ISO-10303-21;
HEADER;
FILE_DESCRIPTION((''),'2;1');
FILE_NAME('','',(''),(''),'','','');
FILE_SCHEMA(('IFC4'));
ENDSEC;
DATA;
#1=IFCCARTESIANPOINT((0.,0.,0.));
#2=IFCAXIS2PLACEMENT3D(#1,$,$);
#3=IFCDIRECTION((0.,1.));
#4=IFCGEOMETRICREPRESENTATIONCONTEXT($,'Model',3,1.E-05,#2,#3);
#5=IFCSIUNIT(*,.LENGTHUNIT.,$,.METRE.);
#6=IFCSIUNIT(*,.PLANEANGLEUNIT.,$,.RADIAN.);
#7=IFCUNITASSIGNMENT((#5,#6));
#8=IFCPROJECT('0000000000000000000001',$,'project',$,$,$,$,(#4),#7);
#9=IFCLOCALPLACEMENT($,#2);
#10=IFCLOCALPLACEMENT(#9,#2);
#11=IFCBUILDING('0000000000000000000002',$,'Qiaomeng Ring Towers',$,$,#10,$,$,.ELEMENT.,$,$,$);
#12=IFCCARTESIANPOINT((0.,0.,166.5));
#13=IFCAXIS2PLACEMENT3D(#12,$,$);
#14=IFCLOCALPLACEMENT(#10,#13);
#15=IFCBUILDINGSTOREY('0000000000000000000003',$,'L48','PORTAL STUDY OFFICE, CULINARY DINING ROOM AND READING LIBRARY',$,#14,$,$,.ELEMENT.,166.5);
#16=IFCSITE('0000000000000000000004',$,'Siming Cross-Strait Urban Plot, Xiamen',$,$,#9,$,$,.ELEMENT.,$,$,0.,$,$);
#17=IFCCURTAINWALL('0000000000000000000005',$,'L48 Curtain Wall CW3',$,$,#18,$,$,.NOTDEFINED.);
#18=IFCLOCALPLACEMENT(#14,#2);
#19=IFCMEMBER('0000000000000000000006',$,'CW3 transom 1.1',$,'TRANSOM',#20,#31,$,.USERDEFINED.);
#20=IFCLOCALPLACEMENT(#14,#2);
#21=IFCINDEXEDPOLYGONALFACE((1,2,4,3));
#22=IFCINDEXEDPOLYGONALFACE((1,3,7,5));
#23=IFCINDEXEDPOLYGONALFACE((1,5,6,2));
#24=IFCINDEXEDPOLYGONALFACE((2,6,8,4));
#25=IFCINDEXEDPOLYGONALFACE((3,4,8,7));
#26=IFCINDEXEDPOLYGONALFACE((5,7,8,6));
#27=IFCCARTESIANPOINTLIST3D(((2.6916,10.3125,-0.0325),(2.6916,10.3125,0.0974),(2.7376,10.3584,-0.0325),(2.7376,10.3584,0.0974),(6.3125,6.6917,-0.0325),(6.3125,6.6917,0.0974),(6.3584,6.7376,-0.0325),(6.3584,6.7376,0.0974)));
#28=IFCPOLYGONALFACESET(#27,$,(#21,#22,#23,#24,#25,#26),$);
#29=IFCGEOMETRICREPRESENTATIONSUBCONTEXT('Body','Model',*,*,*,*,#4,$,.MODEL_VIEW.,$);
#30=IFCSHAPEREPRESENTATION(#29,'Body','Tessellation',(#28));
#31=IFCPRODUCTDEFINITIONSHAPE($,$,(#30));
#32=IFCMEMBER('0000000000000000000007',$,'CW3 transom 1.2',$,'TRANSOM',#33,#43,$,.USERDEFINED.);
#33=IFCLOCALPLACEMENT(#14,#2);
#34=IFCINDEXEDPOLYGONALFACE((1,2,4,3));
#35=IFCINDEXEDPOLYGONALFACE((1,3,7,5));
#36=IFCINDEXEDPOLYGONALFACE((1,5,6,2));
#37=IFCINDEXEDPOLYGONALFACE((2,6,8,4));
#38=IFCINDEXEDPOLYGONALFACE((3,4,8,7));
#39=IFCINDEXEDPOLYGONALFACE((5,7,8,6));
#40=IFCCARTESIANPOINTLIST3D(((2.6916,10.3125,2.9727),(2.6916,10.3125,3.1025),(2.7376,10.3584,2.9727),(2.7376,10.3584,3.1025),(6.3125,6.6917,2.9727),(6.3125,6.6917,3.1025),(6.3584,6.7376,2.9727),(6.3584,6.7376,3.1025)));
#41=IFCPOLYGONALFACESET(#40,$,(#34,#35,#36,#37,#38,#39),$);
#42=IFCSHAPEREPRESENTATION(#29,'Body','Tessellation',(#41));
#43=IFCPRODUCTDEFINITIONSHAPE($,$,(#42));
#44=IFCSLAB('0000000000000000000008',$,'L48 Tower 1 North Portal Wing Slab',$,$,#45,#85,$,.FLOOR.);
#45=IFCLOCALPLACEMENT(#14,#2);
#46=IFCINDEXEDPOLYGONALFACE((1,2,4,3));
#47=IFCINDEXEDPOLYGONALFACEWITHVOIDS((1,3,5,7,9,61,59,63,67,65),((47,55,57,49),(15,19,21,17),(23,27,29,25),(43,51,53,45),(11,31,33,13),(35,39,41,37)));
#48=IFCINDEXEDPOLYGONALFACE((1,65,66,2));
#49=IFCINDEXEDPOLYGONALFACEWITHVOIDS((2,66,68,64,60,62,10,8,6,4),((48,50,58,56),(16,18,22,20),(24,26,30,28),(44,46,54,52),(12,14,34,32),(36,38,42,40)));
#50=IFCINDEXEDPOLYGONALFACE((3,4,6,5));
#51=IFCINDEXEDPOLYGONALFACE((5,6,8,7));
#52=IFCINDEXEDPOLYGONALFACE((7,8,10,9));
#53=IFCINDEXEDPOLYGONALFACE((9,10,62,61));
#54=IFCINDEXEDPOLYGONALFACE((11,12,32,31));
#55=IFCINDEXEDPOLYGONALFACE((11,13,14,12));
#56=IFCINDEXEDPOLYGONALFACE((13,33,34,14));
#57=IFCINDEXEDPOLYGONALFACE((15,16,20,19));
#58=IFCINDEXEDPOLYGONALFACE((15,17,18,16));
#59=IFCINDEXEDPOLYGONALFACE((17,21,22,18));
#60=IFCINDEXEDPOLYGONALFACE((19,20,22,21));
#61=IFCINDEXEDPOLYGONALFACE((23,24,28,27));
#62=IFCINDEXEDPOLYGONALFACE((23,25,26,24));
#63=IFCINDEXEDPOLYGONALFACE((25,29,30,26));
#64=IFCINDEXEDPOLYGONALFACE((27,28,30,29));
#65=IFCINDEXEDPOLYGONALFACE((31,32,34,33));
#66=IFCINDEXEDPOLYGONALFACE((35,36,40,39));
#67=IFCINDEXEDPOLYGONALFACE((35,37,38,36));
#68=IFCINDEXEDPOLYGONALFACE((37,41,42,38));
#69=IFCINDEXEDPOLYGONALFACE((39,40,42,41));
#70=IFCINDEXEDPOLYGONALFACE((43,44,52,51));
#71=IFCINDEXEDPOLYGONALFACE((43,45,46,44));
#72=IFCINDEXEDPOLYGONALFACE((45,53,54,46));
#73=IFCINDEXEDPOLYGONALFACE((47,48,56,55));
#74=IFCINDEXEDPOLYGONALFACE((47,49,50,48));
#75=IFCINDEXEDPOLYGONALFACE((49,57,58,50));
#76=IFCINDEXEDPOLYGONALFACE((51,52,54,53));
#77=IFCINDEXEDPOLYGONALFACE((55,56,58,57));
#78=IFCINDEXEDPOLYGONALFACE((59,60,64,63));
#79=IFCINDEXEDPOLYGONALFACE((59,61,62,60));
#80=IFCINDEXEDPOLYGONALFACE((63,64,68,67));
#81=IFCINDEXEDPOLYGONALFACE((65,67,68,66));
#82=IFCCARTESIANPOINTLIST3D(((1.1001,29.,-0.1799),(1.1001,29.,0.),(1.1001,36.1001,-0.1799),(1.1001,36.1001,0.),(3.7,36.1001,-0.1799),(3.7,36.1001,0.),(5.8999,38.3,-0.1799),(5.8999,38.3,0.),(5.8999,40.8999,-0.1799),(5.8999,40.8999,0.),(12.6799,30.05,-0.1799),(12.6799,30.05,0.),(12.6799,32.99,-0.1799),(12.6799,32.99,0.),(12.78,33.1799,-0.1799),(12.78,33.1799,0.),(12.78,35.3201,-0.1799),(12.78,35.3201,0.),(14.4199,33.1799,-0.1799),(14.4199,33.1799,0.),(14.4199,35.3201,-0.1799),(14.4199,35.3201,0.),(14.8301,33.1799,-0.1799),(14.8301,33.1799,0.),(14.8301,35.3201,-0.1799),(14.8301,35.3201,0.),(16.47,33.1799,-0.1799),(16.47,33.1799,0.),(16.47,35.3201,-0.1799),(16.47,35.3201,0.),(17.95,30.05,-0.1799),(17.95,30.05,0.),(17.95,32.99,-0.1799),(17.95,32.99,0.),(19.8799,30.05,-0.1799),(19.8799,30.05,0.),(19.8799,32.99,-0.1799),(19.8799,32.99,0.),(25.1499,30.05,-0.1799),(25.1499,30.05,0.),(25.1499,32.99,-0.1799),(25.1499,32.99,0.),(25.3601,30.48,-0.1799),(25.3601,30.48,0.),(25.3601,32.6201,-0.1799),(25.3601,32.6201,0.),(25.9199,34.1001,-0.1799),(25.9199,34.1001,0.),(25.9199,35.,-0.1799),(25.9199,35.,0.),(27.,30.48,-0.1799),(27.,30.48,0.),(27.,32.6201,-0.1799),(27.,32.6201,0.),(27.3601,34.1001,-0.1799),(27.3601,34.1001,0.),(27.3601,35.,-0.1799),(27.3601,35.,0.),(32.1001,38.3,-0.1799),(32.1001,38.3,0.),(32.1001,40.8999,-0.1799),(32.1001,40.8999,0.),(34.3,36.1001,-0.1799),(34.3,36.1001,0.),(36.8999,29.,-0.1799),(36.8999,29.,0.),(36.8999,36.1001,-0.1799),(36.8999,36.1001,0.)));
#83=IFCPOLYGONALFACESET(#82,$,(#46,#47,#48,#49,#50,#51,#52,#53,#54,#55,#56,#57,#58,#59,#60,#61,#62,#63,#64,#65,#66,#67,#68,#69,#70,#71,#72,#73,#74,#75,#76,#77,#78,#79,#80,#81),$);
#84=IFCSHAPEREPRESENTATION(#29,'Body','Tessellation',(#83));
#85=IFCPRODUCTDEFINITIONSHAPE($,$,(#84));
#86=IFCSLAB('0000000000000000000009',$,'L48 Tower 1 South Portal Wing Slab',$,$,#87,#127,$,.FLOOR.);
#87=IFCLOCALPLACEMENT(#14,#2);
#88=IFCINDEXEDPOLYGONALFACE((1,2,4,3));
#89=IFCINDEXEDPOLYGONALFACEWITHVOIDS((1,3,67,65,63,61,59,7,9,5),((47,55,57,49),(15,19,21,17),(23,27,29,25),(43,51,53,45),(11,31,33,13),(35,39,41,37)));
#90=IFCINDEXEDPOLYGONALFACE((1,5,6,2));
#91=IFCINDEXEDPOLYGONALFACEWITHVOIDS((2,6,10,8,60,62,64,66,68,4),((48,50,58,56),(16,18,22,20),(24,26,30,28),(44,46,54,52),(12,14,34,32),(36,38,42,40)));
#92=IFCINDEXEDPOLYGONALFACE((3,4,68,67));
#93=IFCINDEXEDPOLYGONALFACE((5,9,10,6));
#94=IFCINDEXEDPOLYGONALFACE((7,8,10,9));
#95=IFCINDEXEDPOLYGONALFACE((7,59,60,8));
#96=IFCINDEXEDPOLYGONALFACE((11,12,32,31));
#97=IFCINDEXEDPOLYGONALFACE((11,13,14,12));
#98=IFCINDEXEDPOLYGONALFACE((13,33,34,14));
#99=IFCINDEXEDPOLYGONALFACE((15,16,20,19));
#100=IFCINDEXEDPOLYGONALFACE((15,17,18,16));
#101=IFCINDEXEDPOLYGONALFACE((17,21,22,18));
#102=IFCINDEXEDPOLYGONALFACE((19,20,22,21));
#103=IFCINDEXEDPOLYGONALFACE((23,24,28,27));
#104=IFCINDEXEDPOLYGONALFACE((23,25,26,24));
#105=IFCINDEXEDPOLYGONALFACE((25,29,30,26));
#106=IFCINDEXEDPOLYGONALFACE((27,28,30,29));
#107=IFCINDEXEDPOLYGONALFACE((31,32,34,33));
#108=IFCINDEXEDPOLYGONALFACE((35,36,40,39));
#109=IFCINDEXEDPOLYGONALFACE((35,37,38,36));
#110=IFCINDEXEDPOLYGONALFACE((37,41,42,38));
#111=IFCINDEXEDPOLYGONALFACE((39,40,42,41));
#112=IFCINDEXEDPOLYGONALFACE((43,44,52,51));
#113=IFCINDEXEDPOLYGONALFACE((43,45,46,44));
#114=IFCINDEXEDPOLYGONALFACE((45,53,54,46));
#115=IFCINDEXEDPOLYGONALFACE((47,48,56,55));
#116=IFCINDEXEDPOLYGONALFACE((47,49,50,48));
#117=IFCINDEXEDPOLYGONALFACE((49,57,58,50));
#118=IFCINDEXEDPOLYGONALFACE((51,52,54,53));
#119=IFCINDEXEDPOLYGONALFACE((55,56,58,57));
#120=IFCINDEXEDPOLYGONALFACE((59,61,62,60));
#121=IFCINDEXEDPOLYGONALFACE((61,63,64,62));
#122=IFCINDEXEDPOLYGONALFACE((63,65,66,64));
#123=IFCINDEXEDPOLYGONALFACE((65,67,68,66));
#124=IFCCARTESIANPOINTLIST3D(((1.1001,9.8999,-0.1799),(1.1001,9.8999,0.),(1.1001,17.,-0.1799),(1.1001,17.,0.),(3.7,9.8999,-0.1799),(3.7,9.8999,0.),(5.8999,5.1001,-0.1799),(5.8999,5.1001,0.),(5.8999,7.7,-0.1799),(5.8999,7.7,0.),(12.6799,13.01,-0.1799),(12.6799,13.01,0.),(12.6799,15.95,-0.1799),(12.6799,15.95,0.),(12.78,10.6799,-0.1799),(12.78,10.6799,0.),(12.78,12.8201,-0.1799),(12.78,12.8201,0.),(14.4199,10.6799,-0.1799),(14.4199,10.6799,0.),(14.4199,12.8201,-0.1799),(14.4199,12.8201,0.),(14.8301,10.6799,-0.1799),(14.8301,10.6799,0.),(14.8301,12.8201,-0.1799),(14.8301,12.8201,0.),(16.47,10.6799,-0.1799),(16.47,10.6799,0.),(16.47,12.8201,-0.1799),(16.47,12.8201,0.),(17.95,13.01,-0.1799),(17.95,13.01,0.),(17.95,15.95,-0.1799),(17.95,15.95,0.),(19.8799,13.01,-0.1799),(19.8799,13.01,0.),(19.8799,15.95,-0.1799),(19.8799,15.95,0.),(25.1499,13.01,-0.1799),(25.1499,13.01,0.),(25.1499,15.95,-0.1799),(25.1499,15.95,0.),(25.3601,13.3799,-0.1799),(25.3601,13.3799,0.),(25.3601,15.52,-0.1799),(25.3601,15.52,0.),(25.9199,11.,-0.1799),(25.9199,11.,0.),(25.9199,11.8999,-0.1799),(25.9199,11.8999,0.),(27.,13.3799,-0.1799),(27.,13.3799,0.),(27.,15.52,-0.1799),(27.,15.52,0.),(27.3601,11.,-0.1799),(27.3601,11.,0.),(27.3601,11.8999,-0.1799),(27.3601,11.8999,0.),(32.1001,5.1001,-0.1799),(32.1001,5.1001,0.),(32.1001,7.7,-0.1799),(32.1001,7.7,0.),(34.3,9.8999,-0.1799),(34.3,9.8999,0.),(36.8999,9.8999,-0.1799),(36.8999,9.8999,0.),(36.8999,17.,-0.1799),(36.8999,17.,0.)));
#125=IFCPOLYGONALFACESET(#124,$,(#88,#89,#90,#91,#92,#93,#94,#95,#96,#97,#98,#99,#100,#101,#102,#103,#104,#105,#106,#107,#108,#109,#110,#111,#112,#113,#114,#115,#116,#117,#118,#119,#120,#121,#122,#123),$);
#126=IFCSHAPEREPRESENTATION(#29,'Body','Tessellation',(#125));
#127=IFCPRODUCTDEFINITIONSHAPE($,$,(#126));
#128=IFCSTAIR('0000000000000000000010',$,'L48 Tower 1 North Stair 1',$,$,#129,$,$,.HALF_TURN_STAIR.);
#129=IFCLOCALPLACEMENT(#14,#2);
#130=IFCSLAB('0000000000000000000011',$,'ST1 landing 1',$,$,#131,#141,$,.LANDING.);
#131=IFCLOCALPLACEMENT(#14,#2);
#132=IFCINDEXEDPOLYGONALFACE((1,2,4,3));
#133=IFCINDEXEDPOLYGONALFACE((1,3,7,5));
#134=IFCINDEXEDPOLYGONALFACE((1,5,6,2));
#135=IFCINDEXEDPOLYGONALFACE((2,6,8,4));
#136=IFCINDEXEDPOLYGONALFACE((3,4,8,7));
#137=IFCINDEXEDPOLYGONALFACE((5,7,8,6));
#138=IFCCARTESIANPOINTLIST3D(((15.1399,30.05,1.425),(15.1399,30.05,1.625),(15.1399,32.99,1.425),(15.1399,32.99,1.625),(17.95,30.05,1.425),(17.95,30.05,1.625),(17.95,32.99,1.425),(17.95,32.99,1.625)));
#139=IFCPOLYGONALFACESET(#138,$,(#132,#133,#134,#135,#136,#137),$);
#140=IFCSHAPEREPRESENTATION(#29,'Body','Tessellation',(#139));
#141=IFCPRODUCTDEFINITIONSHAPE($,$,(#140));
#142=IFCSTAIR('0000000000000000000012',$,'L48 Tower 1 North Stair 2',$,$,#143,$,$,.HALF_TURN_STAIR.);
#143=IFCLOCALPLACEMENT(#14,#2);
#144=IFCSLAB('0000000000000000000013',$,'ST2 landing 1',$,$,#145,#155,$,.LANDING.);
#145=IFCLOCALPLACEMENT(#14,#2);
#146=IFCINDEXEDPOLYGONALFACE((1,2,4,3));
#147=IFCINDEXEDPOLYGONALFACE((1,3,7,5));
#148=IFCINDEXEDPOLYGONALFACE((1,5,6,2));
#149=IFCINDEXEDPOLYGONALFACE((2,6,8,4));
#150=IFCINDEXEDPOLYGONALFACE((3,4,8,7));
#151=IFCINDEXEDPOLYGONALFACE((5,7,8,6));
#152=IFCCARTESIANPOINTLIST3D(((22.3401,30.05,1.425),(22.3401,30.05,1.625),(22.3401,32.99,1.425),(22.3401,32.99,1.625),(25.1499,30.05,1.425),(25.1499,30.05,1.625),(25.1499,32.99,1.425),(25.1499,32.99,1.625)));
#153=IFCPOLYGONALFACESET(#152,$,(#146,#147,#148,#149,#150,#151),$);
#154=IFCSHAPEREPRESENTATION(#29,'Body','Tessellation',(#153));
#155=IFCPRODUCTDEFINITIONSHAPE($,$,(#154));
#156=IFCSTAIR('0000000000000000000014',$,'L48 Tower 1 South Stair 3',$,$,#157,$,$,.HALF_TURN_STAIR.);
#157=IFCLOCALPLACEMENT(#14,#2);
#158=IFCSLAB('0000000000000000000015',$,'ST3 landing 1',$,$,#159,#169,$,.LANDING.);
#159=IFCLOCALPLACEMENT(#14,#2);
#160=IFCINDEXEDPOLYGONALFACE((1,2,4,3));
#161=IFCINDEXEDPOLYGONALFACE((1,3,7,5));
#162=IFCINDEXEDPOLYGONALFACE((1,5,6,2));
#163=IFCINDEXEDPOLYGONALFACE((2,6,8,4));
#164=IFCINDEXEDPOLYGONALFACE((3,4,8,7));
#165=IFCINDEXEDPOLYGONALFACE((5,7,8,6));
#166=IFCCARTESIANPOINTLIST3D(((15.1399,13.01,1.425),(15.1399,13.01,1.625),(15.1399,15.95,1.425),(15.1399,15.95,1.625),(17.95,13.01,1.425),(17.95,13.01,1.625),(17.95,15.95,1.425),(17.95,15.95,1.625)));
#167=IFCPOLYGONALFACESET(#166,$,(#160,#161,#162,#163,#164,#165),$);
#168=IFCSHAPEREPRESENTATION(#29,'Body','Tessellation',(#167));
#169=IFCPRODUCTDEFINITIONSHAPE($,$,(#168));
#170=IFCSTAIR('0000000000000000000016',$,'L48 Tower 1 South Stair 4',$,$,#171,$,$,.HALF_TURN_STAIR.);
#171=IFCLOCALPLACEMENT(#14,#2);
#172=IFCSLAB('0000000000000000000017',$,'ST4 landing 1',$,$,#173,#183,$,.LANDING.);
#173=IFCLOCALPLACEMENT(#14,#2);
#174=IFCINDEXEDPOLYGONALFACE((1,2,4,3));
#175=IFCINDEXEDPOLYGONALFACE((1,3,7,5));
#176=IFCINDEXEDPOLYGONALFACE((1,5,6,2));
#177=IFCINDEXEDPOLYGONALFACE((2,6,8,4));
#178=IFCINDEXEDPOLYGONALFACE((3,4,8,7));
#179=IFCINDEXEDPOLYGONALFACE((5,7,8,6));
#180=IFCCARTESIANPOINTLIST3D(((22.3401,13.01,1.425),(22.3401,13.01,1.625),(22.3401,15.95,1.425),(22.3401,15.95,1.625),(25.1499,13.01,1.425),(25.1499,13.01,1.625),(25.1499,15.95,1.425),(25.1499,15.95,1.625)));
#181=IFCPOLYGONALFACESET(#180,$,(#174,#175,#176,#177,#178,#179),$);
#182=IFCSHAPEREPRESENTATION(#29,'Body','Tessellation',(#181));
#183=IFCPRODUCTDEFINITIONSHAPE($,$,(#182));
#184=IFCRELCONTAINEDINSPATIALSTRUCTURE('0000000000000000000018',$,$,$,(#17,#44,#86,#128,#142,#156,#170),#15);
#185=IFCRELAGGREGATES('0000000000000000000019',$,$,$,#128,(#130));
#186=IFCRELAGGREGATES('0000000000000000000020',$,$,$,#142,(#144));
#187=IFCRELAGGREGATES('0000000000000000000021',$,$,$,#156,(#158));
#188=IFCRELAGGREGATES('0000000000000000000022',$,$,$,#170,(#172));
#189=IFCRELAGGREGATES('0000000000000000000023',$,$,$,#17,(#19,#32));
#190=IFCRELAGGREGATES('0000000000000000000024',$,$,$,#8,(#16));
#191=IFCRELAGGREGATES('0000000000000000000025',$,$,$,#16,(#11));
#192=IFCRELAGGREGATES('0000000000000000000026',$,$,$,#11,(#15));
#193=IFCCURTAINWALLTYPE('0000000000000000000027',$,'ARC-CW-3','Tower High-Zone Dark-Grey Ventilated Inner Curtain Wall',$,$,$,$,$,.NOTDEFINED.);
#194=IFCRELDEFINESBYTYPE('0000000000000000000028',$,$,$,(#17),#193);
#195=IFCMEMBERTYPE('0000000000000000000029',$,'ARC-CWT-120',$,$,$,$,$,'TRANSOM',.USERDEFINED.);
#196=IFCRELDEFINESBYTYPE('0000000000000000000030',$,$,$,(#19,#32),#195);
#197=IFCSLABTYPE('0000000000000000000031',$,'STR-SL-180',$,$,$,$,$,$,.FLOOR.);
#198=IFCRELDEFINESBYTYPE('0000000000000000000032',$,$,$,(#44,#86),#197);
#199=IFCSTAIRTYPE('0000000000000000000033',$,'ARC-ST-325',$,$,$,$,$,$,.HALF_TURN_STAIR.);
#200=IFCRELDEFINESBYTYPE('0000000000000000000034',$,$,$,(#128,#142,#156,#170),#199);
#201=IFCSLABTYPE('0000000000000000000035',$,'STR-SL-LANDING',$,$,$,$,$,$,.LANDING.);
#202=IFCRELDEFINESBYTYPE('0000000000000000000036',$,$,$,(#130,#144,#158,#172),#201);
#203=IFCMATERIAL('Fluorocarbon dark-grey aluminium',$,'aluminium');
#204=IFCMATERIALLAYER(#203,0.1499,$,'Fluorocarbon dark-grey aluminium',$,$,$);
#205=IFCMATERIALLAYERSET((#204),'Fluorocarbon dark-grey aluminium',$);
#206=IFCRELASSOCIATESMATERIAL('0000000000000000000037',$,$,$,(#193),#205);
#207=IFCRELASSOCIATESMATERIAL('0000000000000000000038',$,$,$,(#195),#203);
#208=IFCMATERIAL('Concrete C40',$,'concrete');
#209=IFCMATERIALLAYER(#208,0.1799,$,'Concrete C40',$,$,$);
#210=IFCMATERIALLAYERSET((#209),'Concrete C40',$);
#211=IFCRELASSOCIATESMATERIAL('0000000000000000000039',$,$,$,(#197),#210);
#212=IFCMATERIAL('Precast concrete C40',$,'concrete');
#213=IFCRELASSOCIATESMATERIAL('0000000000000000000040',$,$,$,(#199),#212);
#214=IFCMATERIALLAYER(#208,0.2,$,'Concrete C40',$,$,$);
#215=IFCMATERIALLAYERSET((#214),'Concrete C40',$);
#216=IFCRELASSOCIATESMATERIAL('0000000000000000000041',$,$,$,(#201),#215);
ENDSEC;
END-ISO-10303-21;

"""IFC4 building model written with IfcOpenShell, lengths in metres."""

from ifc_helpers import new_model, si_unit, direction, frame, origin, origin_2d, place, context, subcontext, project, spatial, polyline, rectangle, outline, extrude, source, transform, mapped, material, layer, layer_set, material_profile, profile_set, type_object, element, aggregate, save


model = new_model("IFC4")

# Units and contexts
model_context = context("Model", 3, precision=1e-05, world=origin(), true_north=direction((0.0, 1.0)))
body_context = subcontext(model_context, "Body", "Model", "MODEL_VIEW")
ifc_project = project(units=[si_unit("LENGTHUNIT", "METRE"), si_unit("PLANEANGLEUNIT", "RADIAN")], contexts=[model_context])

# Site, building, storey
site_placement = place(None, origin())
site = spatial("IfcSite", under=ifc_project, at=site_placement, Name="Siming Cross-Strait Urban Plot, Xiamen", CompositionType="ELEMENT", RefElevation=0.0)
building_placement = place(site_placement, origin())
building = spatial("IfcBuilding", under=site, at=building_placement, Name="Qiaomeng Ring Towers", CompositionType="ELEMENT")
storey_placement = place(building_placement, frame((0.0, 0.0, 166.5)))
storey = spatial("IfcBuildingStorey", under=building, at=storey_placement, Name="L48", Description="PORTAL STUDY OFFICE, CULINARY DINING ROOM AND READING LIBRARY", CompositionType="ELEMENT", Elevation=166.5)

# Curtain wall, members
ifc_material_1 = material(Name="Fluorocarbon dark-grey aluminium", Category="aluminium")
ifc_layer_1 = layer(ifc_material_1, 0.1499, Name="Fluorocarbon dark-grey aluminium")
ifc_layer_set_1 = layer_set([ifc_layer_1], Name="Fluorocarbon dark-grey aluminium")
curtain_wall_type = type_object("IfcCurtainWallType", Name="ARC-CW-3", Description="Tower High-Zone Dark-Grey Ventilated Inner Curtain Wall", PredefinedType="NOTDEFINED", material=ifc_layer_set_1)
curtain_wall_placement = place(storey_placement, origin())
curtain_wall = element("IfcCurtainWall", 1, at=curtain_wall_placement, inside=storey, type_object=curtain_wall_type, Name="L48 Curtain Wall CW3", PredefinedType="NOTDEFINED")
ifc_material_profile_1 = material_profile(ifc_material_1, rectangle(XDim=0.0649, YDim=0.1299, at=origin_2d()), Name="ALU TRAN 65x130")
ifc_profile_set_1 = profile_set([ifc_material_profile_1], Name="Fluorocarbon dark-grey aluminium")
member_type_1 = type_object("IfcMemberType", Name="ARC-CWT-120", ElementType="TRANSOM", PredefinedType="USERDEFINED", material=ifc_profile_set_1)
shared_shape_1 = source(origin(), body_context, "Body", "SweptSolid", [
    extrude(rectangle(XDim=0.0649, YDim=0.1299, at=origin_2d()), origin(), (0.0, 0.0, 1.0), 5.1206),
])
member_1_placement = place(storey_placement, frame((2.7146, 10.3354, 0.0325), z_axis=(0.707107, -0.707107, 0.0), x_axis=(0.707107, 0.707107, 0.0)))
member_1 = element("IfcMember", 2, at=member_1_placement, type_object=member_type_1, Name="CW3 transom 1.1", ObjectType="TRANSOM", PredefinedType="USERDEFINED", context=body_context, shape_type="MappedRepresentation", body=[
    mapped(shared_shape_1, transform((0.0, 0.0, 0.0), x_axis=(1.0, 0.0, 0.0), y_axis=(0.0, 1.0, 0.0), z_axis=(0.0, 0.0, 1.0), scale=1.0)),
])
member_2_placement = place(storey_placement, frame((2.7146, 10.3354, 3.0376), z_axis=(0.707107, -0.707107, 0.0), x_axis=(0.707107, 0.707107, 0.0)))
member_2 = element("IfcMember", 3, at=member_2_placement, type_object=member_type_1, Name="CW3 transom 1.2", ObjectType="TRANSOM", PredefinedType="USERDEFINED", context=body_context, shape_type="MappedRepresentation", body=[
    mapped(shared_shape_1, transform((0.0, 0.0, 0.0), x_axis=(1.0, 0.0, 0.0), y_axis=(0.0, 1.0, 0.0), z_axis=(0.0, 0.0, 1.0), scale=1.0)),
])

# Slabs
ifc_material_2 = material(Name="Concrete C40", Category="concrete")
ifc_layer_2 = layer(ifc_material_2, 0.1799, Name="Concrete C40")
ifc_layer_set_2 = layer_set([ifc_layer_2], Name="Concrete C40")
slab_type_1 = type_object("IfcSlabType", Name="STR-SL-180", PredefinedType="FLOOR", material=ifc_layer_set_2)
slab_1_placement = place(storey_placement, frame((0.0, 0.0, -0.1799)))
element("IfcSlab", 4, at=slab_1_placement, inside=storey, type_object=slab_type_1, Name="L48 Tower 1 North Portal Wing Slab", PredefinedType="FLOOR", context=body_context, shape_type="SweptSolid", body=[
    extrude(outline(polyline([(1.1001, 36.1001), (3.7, 36.1001), (5.8999, 38.3), (5.8999, 40.8999), (32.1001, 40.8999), (32.1001, 38.3), (34.3, 36.1001), (36.8999, 36.1001), (36.8999, 29.0), (1.1001, 29.0), (1.1001, 36.1001)]), holes=[polyline([(17.95, 30.05), (12.6799, 30.05), (12.6799, 32.99), (17.95, 32.99), (17.95, 30.05)]), polyline([(19.8799, 30.05), (19.8799, 32.99), (25.1499, 32.99), (25.1499, 30.05), (19.8799, 30.05)]), polyline([(25.3601, 30.48), (25.3601, 32.6201), (27.0, 32.6201), (27.0, 30.48), (25.3601, 30.48)]), polyline([(14.4199, 33.1799), (12.78, 33.1799), (12.78, 35.3201), (14.4199, 35.3201), (14.4199, 33.1799)]), polyline([(14.8301, 33.1799), (14.8301, 35.3201), (16.47, 35.3201), (16.47, 33.1799), (14.8301, 33.1799)]), polyline([(25.9199, 34.1001), (25.9199, 35.0), (27.3601, 35.0), (27.3601, 34.1001), (25.9199, 34.1001)])]), origin(), (0.0, 0.0, 1.0), 0.1799),
])
slab_2_placement = place(storey_placement, frame((0.0, 0.0, -0.1799)))
element("IfcSlab", 5, at=slab_2_placement, inside=storey, type_object=slab_type_1, Name="L48 Tower 1 South Portal Wing Slab", PredefinedType="FLOOR", context=body_context, shape_type="SweptSolid", body=[
    extrude(outline(polyline([(36.8999, 9.8999), (34.3, 9.8999), (32.1001, 7.7), (32.1001, 5.1001), (5.8999, 5.1001), (5.8999, 7.7), (3.7, 9.8999), (1.1001, 9.8999), (1.1001, 17.0), (36.8999, 17.0), (36.8999, 9.8999)]), holes=[polyline([(27.3601, 11.0), (25.9199, 11.0), (25.9199, 11.8999), (27.3601, 11.8999), (27.3601, 11.0)]), polyline([(12.78, 10.6799), (12.78, 12.8201), (14.4199, 12.8201), (14.4199, 10.6799), (12.78, 10.6799)]), polyline([(14.8301, 10.6799), (14.8301, 12.8201), (16.47, 12.8201), (16.47, 10.6799), (14.8301, 10.6799)]), polyline([(27.0, 13.3799), (25.3601, 13.3799), (25.3601, 15.52), (27.0, 15.52), (27.0, 13.3799)]), polyline([(12.6799, 13.01), (12.6799, 15.95), (17.95, 15.95), (17.95, 13.01), (12.6799, 13.01)]), polyline([(19.8799, 13.01), (19.8799, 15.95), (25.1499, 15.95), (25.1499, 13.01), (19.8799, 13.01)])]), origin(), (0.0, 0.0, 1.0), 0.1799),
])

# Stairs, slabs
ifc_material_3 = material(Name="Precast concrete C40", Category="concrete")
stair_type = type_object("IfcStairType", Name="ARC-ST-325", PredefinedType="HALF_TURN_STAIR", material=ifc_material_3)
stair_1_placement = place(storey_placement, origin())
stair_1 = element("IfcStair", 6, at=stair_1_placement, inside=storey, type_object=stair_type, Name="L48 Tower 1 North Stair 1", PredefinedType="HALF_TURN_STAIR")
ifc_layer_3 = layer(ifc_material_2, 0.2, Name="Concrete C40")
ifc_layer_set_3 = layer_set([ifc_layer_3], Name="Concrete C40")
slab_type_2 = type_object("IfcSlabType", Name="STR-SL-LANDING", PredefinedType="LANDING", material=ifc_layer_set_3)
slab_3_placement = place(storey_placement, frame((0.0, 0.0, 1.425)))
slab_3 = element("IfcSlab", 7, at=slab_3_placement, type_object=slab_type_2, Name="ST1 landing 1", PredefinedType="LANDING", context=body_context, shape_type="SweptSolid", body=[
    extrude(outline(polyline([(15.1399, 30.05), (17.95, 30.05), (17.95, 32.99), (15.1399, 32.99), (15.1399, 30.05)])), origin(), (0.0, 0.0, 1.0), 0.2),
])
aggregate(stair_1, [slab_3])
stair_2_placement = place(storey_placement, origin())
stair_2 = element("IfcStair", 8, at=stair_2_placement, inside=storey, type_object=stair_type, Name="L48 Tower 1 North Stair 2", PredefinedType="HALF_TURN_STAIR")
slab_4_placement = place(storey_placement, frame((0.0, 0.0, 1.425)))
slab_4 = element("IfcSlab", 9, at=slab_4_placement, type_object=slab_type_2, Name="ST2 landing 1", PredefinedType="LANDING", context=body_context, shape_type="SweptSolid", body=[
    extrude(outline(polyline([(22.3401, 30.05), (25.1499, 30.05), (25.1499, 32.99), (22.3401, 32.99), (22.3401, 30.05)])), origin(), (0.0, 0.0, 1.0), 0.2),
])
aggregate(stair_2, [slab_4])
stair_3_placement = place(storey_placement, origin())
stair_3 = element("IfcStair", 10, at=stair_3_placement, inside=storey, type_object=stair_type, Name="L48 Tower 1 South Stair 3", PredefinedType="HALF_TURN_STAIR")
slab_5_placement = place(storey_placement, frame((0.0, 0.0, 1.425)))
slab_5 = element("IfcSlab", 11, at=slab_5_placement, type_object=slab_type_2, Name="ST3 landing 1", PredefinedType="LANDING", context=body_context, shape_type="SweptSolid", body=[
    extrude(outline(polyline([(15.1399, 13.01), (17.95, 13.01), (17.95, 15.95), (15.1399, 15.95), (15.1399, 13.01)])), origin(), (0.0, 0.0, 1.0), 0.2),
])
aggregate(stair_3, [slab_5])
stair_4_placement = place(storey_placement, origin())
stair_4 = element("IfcStair", 12, at=stair_4_placement, inside=storey, type_object=stair_type, Name="L48 Tower 1 South Stair 4", PredefinedType="HALF_TURN_STAIR")
slab_6_placement = place(storey_placement, frame((0.0, 0.0, 1.425)))
slab_6 = element("IfcSlab", 13, at=slab_6_placement, type_object=slab_type_2, Name="ST4 landing 1", PredefinedType="LANDING", context=body_context, shape_type="SweptSolid", body=[
    extrude(outline(polyline([(22.3401, 13.01), (25.1499, 13.01), (25.1499, 15.95), (22.3401, 15.95), (22.3401, 13.01)])), origin(), (0.0, 0.0, 1.0), 0.2),
])
aggregate(stair_4, [slab_6])

aggregate(curtain_wall, [member_1, member_2])

save(model, "model.ifc")
